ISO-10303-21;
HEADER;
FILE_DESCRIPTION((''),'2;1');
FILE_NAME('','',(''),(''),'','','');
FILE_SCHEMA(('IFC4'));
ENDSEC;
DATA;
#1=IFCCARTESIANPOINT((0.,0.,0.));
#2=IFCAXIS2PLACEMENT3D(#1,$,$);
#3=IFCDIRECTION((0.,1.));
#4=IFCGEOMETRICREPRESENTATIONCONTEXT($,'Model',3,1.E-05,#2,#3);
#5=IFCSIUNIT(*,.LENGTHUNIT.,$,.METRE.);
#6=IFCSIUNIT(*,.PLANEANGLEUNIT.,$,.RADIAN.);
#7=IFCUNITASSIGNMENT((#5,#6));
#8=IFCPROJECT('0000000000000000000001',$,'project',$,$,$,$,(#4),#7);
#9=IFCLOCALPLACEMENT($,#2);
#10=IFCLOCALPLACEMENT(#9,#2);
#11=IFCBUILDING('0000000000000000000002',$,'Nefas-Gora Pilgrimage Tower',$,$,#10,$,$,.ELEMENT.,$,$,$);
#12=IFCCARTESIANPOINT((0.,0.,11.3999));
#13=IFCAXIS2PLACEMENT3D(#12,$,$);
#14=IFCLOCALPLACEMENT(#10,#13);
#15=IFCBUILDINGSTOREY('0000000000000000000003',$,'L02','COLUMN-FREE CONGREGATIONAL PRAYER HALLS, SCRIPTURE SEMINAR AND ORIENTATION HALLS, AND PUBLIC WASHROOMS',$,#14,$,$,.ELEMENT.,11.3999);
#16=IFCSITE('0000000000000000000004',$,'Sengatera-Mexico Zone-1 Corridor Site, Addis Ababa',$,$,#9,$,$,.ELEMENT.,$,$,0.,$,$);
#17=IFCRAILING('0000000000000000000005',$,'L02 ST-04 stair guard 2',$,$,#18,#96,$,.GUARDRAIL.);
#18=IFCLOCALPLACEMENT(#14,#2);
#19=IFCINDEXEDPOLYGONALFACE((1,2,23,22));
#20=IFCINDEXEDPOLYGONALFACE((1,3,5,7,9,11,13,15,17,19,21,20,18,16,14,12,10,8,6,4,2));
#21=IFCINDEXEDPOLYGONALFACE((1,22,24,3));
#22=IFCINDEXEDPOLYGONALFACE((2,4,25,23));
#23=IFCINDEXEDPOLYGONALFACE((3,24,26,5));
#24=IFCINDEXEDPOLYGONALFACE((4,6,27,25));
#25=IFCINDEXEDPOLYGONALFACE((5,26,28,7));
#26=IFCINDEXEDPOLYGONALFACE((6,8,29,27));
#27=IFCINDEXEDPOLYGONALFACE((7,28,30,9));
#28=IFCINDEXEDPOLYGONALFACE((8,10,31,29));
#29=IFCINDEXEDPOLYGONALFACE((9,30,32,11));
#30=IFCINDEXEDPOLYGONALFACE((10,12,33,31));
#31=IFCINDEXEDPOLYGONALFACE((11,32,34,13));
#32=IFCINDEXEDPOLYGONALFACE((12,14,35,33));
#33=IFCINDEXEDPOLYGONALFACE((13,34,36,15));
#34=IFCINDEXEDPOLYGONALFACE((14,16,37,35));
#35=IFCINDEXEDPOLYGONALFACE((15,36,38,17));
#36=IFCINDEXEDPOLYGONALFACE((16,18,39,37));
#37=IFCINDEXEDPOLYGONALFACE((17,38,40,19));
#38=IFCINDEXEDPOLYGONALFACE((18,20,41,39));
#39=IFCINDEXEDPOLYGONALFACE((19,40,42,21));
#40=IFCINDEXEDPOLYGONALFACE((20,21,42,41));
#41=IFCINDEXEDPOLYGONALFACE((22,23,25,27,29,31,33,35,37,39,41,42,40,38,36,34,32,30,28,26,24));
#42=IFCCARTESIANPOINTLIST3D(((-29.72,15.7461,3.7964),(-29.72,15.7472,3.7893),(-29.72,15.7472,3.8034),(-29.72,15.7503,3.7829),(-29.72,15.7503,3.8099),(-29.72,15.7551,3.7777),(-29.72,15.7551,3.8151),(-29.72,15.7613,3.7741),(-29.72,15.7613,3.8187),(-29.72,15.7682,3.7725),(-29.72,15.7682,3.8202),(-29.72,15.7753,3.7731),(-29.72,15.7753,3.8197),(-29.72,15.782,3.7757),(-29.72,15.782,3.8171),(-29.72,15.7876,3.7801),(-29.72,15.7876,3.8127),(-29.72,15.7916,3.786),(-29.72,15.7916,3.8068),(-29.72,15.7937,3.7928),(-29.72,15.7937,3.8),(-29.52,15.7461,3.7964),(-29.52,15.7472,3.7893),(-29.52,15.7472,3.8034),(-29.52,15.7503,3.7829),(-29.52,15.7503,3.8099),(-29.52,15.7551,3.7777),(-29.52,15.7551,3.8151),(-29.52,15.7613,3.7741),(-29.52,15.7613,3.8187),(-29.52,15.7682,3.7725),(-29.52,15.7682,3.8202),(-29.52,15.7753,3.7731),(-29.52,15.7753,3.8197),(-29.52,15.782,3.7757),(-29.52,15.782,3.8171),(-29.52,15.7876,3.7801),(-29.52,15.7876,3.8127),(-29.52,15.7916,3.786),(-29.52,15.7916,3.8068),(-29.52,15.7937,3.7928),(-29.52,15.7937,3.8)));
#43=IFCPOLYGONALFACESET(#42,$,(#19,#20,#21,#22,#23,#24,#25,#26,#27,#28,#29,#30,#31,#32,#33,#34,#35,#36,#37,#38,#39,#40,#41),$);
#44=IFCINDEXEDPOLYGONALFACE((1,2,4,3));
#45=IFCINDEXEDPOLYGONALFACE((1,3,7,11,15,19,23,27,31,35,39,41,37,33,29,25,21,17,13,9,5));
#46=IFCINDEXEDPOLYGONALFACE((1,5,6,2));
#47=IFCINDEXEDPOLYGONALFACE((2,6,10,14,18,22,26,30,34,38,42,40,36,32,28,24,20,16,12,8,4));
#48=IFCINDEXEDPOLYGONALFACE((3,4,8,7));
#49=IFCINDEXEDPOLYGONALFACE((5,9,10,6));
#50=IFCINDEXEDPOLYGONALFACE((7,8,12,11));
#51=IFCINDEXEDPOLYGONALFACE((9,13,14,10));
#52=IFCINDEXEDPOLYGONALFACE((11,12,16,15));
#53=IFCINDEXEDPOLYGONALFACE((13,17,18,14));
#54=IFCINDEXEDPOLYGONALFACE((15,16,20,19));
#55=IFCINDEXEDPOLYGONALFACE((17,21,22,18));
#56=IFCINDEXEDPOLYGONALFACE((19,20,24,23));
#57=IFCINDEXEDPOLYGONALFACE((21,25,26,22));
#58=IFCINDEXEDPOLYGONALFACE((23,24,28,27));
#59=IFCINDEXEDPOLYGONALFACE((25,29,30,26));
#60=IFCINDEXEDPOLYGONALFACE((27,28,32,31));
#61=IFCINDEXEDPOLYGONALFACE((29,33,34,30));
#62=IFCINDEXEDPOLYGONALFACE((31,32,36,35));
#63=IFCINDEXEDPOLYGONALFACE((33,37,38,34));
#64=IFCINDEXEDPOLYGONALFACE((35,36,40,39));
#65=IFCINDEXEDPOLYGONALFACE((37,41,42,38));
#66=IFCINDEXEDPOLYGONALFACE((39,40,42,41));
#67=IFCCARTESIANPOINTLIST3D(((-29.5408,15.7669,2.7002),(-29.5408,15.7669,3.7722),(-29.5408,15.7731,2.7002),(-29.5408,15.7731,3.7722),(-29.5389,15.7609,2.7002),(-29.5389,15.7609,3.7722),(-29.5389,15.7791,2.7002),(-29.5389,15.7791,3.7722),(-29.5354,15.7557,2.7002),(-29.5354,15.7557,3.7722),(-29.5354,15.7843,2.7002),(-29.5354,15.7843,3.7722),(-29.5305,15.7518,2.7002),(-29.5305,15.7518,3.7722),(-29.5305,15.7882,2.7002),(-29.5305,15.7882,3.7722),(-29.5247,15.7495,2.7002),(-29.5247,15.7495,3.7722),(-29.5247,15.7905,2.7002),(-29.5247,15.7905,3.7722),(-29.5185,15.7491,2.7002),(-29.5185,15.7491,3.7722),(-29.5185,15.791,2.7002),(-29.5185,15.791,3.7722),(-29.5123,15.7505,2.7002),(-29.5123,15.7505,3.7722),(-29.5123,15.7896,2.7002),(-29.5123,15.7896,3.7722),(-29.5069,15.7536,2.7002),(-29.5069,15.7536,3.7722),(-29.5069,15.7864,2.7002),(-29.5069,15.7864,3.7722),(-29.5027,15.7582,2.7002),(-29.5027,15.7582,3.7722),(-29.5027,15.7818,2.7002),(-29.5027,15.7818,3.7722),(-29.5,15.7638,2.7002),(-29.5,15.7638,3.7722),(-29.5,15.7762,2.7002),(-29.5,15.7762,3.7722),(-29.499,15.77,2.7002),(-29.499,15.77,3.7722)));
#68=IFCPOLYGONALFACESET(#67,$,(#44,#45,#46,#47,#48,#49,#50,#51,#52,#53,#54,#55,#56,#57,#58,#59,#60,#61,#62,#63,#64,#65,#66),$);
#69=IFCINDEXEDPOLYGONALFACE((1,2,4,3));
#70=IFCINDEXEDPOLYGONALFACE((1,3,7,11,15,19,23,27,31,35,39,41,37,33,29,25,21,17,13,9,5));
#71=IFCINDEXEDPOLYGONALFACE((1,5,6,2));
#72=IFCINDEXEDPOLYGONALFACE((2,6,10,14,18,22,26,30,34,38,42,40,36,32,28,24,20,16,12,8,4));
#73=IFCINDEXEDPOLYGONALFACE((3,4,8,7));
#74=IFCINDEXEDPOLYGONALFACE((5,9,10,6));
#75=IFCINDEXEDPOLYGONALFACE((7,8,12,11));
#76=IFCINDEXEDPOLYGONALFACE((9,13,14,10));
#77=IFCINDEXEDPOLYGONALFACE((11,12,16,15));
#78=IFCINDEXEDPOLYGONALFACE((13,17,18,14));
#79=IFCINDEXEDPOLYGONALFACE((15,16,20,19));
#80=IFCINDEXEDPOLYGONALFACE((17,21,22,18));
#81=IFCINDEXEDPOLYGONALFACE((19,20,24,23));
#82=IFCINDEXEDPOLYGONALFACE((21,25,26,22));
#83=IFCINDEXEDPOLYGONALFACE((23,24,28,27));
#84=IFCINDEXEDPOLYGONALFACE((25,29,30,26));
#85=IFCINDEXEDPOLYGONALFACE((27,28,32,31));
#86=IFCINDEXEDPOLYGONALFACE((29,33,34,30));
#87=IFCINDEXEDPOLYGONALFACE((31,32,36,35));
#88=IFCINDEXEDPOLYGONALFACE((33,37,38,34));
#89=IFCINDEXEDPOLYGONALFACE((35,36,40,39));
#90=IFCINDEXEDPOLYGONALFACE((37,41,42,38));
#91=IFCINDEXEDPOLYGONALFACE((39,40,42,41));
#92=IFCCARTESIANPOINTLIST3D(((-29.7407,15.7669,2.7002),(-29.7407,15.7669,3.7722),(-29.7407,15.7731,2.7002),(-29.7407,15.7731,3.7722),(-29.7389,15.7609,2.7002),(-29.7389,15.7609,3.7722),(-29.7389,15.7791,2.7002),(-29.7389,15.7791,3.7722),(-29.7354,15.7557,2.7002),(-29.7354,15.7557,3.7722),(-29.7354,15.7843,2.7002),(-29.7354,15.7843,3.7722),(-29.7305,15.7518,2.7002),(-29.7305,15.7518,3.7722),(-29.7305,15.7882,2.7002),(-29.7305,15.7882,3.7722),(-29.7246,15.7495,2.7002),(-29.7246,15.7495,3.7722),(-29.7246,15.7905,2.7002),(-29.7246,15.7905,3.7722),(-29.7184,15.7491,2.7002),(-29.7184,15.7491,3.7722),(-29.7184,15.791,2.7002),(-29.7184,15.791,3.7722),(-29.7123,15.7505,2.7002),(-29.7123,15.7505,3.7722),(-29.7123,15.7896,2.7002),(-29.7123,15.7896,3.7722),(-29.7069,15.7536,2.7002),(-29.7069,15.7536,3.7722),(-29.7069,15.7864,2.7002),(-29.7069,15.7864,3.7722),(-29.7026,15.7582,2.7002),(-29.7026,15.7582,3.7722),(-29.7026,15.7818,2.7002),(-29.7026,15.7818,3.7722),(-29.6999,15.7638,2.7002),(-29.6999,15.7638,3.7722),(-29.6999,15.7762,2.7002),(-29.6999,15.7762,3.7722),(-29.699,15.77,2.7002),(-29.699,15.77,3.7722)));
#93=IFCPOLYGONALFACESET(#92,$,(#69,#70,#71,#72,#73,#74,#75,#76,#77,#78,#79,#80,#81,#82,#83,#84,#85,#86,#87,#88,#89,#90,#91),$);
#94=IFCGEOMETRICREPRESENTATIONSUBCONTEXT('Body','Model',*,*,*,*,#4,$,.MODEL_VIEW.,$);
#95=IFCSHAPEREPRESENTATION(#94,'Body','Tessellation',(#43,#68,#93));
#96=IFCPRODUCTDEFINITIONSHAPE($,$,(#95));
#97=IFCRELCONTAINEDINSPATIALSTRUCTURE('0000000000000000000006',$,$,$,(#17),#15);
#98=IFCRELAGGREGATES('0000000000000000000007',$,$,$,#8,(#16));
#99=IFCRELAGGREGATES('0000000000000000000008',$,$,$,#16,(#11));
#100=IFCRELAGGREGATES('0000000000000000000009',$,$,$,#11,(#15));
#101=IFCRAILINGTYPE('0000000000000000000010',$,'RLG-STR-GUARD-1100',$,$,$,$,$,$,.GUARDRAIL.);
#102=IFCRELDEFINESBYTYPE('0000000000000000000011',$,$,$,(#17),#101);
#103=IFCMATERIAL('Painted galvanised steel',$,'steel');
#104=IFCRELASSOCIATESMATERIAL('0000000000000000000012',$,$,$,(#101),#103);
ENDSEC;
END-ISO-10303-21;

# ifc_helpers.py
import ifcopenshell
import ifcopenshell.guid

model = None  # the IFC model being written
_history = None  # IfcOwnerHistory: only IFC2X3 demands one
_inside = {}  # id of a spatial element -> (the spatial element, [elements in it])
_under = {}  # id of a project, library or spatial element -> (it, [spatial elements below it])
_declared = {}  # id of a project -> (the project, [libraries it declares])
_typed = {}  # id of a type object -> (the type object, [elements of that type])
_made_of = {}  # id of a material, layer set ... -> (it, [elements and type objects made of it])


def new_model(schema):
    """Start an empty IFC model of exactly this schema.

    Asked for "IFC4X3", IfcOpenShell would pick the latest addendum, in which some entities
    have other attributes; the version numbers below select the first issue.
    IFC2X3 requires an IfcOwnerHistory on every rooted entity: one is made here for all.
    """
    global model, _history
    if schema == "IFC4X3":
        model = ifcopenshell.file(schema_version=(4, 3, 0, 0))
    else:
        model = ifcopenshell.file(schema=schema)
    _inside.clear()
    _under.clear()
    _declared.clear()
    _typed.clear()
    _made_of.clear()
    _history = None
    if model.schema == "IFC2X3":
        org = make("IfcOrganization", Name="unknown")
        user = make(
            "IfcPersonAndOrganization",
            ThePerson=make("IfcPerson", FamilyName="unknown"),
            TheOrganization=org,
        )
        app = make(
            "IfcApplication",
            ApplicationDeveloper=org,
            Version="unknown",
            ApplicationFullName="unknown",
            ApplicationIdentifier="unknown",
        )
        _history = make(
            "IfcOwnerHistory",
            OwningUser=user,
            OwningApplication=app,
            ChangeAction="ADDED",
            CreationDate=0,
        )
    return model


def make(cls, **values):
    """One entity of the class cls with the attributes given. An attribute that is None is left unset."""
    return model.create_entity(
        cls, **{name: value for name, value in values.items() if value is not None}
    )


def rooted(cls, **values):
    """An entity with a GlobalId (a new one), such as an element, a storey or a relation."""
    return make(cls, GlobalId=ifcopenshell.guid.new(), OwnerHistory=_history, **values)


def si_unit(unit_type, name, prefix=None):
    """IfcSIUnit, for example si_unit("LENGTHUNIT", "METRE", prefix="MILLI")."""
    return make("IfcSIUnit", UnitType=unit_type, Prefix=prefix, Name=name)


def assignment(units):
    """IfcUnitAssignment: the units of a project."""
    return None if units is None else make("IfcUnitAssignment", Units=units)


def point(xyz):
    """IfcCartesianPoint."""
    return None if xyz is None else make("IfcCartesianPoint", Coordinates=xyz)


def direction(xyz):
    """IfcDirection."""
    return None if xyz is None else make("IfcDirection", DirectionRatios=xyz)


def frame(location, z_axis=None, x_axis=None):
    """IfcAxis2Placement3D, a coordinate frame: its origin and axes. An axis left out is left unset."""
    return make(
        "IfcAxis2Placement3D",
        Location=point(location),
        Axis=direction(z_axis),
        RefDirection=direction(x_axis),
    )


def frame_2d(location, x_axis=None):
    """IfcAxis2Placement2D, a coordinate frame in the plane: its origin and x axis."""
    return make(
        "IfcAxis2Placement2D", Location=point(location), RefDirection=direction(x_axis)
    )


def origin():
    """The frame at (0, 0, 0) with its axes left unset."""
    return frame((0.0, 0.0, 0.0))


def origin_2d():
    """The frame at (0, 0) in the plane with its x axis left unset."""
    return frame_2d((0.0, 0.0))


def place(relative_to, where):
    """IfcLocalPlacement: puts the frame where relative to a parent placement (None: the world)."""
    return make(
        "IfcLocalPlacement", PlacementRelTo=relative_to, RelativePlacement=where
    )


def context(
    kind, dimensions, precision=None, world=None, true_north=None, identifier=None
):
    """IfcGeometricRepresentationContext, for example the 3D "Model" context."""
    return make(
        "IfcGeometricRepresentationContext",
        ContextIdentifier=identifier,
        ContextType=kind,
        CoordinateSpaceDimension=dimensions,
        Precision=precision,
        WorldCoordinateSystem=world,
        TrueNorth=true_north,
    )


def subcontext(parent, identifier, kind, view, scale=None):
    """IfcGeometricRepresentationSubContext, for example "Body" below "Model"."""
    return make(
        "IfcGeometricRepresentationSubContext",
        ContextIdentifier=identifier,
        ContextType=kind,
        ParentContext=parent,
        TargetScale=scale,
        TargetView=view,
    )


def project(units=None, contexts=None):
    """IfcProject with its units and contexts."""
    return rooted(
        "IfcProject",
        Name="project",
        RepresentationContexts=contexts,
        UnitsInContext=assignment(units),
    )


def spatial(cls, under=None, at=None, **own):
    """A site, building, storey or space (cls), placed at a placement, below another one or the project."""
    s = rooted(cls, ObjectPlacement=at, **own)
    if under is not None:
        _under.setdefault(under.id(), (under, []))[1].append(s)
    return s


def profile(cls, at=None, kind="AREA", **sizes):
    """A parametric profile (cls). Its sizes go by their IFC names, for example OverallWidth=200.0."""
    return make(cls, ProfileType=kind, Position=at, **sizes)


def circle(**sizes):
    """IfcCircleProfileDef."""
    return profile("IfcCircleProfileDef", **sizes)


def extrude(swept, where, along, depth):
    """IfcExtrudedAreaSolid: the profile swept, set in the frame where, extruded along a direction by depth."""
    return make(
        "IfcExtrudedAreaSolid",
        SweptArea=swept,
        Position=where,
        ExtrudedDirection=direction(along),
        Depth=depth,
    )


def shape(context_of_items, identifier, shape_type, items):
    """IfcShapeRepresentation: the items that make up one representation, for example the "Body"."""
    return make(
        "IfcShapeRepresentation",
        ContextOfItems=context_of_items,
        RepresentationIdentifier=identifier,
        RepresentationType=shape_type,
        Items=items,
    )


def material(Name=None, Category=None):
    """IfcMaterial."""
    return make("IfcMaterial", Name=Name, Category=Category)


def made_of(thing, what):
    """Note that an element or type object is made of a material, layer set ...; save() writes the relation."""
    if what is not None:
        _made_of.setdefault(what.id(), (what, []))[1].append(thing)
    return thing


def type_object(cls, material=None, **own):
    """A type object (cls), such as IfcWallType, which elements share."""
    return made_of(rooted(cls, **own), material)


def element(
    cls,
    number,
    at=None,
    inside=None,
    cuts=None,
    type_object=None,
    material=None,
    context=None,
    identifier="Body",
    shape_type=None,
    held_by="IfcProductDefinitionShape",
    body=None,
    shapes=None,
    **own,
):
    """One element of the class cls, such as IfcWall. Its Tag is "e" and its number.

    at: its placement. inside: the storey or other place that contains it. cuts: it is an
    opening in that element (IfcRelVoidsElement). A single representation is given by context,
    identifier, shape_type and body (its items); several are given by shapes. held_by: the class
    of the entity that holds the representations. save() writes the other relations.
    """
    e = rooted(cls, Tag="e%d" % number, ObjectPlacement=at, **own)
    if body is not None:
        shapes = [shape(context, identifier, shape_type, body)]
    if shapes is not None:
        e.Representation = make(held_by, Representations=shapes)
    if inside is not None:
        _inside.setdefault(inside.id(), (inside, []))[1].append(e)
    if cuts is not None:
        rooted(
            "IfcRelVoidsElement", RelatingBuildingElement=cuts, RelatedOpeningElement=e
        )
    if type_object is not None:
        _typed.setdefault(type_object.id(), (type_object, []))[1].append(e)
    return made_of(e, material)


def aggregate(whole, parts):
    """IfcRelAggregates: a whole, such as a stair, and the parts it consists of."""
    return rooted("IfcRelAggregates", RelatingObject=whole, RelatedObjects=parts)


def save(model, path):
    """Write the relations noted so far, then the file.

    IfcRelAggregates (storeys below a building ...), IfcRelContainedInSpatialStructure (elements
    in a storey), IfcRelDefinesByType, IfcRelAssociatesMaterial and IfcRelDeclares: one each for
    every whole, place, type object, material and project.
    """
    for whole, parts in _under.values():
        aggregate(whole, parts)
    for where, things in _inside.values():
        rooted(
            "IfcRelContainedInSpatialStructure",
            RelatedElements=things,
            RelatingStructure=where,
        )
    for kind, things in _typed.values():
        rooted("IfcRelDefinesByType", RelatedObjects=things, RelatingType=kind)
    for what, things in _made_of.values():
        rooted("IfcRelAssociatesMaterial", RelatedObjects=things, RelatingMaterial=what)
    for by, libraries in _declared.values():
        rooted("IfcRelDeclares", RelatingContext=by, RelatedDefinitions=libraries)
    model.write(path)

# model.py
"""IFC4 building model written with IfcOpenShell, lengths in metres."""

from ifc_helpers import new_model, si_unit, direction, frame, origin, origin_2d, place, context, subcontext, project, spatial, circle, extrude, material, type_object, element, save


model = new_model("IFC4")

# Units and contexts
model_context = context("Model", 3, precision=1e-05, world=origin(), true_north=direction((0.0, 1.0)))
body_context = subcontext(model_context, "Body", "Model", "MODEL_VIEW")
ifc_project = project(units=[si_unit("LENGTHUNIT", "METRE"), si_unit("PLANEANGLEUNIT", "RADIAN")], contexts=[model_context])

# Site, building, storey
site_placement = place(None, origin())
site = spatial("IfcSite", under=ifc_project, at=site_placement, Name="Sengatera-Mexico Zone-1 Corridor Site, Addis Ababa", CompositionType="ELEMENT", RefElevation=0.0)
building_placement = place(site_placement, origin())
building = spatial("IfcBuilding", under=site, at=building_placement, Name="Nefas-Gora Pilgrimage Tower", CompositionType="ELEMENT")
storey_placement = place(building_placement, frame((0.0, 0.0, 11.3999)))
storey = spatial("IfcBuildingStorey", under=building, at=storey_placement, Name="L02", Description="COLUMN-FREE CONGREGATIONAL PRAYER HALLS, SCRIPTURE SEMINAR AND ORIENTATION HALLS, AND PUBLIC WASHROOMS", CompositionType="ELEMENT", Elevation=11.3999)

# Railing
ifc_material_1 = material(Name="Painted galvanised steel", Category="steel")
railing_type_1 = type_object("IfcRailingType", Name="RLG-STR-GUARD-1100", PredefinedType="GUARDRAIL", material=ifc_material_1)
railing_1_placement = place(storey_placement, frame((-29.52, 15.77, 2.7002)))
element("IfcRailing", 1, at=railing_1_placement, inside=storey, type_object=railing_type_1, Name="L02 ST-04 stair guard 2", PredefinedType="GUARDRAIL", context=body_context, shape_type="SweptSolid", body=[
    extrude(circle(Radius=0.0239, at=origin_2d()), frame((0.0, 0.0, 1.0962), z_axis=(-1.0, 0.0, 0.0), x_axis=(0.0, -1.0, 0.0)), (0.0, 0.0, 1.0), 0.2),
    extrude(circle(Radius=0.021, at=origin_2d()), origin(), (0.0, 0.0, 1.0), 1.072),
    extrude(circle(Radius=0.021, at=origin_2d()), frame((-0.2, 0.0, 0.0)), (0.0, 0.0, 1.0), 1.072),
])

save(model, "model.ifc")
